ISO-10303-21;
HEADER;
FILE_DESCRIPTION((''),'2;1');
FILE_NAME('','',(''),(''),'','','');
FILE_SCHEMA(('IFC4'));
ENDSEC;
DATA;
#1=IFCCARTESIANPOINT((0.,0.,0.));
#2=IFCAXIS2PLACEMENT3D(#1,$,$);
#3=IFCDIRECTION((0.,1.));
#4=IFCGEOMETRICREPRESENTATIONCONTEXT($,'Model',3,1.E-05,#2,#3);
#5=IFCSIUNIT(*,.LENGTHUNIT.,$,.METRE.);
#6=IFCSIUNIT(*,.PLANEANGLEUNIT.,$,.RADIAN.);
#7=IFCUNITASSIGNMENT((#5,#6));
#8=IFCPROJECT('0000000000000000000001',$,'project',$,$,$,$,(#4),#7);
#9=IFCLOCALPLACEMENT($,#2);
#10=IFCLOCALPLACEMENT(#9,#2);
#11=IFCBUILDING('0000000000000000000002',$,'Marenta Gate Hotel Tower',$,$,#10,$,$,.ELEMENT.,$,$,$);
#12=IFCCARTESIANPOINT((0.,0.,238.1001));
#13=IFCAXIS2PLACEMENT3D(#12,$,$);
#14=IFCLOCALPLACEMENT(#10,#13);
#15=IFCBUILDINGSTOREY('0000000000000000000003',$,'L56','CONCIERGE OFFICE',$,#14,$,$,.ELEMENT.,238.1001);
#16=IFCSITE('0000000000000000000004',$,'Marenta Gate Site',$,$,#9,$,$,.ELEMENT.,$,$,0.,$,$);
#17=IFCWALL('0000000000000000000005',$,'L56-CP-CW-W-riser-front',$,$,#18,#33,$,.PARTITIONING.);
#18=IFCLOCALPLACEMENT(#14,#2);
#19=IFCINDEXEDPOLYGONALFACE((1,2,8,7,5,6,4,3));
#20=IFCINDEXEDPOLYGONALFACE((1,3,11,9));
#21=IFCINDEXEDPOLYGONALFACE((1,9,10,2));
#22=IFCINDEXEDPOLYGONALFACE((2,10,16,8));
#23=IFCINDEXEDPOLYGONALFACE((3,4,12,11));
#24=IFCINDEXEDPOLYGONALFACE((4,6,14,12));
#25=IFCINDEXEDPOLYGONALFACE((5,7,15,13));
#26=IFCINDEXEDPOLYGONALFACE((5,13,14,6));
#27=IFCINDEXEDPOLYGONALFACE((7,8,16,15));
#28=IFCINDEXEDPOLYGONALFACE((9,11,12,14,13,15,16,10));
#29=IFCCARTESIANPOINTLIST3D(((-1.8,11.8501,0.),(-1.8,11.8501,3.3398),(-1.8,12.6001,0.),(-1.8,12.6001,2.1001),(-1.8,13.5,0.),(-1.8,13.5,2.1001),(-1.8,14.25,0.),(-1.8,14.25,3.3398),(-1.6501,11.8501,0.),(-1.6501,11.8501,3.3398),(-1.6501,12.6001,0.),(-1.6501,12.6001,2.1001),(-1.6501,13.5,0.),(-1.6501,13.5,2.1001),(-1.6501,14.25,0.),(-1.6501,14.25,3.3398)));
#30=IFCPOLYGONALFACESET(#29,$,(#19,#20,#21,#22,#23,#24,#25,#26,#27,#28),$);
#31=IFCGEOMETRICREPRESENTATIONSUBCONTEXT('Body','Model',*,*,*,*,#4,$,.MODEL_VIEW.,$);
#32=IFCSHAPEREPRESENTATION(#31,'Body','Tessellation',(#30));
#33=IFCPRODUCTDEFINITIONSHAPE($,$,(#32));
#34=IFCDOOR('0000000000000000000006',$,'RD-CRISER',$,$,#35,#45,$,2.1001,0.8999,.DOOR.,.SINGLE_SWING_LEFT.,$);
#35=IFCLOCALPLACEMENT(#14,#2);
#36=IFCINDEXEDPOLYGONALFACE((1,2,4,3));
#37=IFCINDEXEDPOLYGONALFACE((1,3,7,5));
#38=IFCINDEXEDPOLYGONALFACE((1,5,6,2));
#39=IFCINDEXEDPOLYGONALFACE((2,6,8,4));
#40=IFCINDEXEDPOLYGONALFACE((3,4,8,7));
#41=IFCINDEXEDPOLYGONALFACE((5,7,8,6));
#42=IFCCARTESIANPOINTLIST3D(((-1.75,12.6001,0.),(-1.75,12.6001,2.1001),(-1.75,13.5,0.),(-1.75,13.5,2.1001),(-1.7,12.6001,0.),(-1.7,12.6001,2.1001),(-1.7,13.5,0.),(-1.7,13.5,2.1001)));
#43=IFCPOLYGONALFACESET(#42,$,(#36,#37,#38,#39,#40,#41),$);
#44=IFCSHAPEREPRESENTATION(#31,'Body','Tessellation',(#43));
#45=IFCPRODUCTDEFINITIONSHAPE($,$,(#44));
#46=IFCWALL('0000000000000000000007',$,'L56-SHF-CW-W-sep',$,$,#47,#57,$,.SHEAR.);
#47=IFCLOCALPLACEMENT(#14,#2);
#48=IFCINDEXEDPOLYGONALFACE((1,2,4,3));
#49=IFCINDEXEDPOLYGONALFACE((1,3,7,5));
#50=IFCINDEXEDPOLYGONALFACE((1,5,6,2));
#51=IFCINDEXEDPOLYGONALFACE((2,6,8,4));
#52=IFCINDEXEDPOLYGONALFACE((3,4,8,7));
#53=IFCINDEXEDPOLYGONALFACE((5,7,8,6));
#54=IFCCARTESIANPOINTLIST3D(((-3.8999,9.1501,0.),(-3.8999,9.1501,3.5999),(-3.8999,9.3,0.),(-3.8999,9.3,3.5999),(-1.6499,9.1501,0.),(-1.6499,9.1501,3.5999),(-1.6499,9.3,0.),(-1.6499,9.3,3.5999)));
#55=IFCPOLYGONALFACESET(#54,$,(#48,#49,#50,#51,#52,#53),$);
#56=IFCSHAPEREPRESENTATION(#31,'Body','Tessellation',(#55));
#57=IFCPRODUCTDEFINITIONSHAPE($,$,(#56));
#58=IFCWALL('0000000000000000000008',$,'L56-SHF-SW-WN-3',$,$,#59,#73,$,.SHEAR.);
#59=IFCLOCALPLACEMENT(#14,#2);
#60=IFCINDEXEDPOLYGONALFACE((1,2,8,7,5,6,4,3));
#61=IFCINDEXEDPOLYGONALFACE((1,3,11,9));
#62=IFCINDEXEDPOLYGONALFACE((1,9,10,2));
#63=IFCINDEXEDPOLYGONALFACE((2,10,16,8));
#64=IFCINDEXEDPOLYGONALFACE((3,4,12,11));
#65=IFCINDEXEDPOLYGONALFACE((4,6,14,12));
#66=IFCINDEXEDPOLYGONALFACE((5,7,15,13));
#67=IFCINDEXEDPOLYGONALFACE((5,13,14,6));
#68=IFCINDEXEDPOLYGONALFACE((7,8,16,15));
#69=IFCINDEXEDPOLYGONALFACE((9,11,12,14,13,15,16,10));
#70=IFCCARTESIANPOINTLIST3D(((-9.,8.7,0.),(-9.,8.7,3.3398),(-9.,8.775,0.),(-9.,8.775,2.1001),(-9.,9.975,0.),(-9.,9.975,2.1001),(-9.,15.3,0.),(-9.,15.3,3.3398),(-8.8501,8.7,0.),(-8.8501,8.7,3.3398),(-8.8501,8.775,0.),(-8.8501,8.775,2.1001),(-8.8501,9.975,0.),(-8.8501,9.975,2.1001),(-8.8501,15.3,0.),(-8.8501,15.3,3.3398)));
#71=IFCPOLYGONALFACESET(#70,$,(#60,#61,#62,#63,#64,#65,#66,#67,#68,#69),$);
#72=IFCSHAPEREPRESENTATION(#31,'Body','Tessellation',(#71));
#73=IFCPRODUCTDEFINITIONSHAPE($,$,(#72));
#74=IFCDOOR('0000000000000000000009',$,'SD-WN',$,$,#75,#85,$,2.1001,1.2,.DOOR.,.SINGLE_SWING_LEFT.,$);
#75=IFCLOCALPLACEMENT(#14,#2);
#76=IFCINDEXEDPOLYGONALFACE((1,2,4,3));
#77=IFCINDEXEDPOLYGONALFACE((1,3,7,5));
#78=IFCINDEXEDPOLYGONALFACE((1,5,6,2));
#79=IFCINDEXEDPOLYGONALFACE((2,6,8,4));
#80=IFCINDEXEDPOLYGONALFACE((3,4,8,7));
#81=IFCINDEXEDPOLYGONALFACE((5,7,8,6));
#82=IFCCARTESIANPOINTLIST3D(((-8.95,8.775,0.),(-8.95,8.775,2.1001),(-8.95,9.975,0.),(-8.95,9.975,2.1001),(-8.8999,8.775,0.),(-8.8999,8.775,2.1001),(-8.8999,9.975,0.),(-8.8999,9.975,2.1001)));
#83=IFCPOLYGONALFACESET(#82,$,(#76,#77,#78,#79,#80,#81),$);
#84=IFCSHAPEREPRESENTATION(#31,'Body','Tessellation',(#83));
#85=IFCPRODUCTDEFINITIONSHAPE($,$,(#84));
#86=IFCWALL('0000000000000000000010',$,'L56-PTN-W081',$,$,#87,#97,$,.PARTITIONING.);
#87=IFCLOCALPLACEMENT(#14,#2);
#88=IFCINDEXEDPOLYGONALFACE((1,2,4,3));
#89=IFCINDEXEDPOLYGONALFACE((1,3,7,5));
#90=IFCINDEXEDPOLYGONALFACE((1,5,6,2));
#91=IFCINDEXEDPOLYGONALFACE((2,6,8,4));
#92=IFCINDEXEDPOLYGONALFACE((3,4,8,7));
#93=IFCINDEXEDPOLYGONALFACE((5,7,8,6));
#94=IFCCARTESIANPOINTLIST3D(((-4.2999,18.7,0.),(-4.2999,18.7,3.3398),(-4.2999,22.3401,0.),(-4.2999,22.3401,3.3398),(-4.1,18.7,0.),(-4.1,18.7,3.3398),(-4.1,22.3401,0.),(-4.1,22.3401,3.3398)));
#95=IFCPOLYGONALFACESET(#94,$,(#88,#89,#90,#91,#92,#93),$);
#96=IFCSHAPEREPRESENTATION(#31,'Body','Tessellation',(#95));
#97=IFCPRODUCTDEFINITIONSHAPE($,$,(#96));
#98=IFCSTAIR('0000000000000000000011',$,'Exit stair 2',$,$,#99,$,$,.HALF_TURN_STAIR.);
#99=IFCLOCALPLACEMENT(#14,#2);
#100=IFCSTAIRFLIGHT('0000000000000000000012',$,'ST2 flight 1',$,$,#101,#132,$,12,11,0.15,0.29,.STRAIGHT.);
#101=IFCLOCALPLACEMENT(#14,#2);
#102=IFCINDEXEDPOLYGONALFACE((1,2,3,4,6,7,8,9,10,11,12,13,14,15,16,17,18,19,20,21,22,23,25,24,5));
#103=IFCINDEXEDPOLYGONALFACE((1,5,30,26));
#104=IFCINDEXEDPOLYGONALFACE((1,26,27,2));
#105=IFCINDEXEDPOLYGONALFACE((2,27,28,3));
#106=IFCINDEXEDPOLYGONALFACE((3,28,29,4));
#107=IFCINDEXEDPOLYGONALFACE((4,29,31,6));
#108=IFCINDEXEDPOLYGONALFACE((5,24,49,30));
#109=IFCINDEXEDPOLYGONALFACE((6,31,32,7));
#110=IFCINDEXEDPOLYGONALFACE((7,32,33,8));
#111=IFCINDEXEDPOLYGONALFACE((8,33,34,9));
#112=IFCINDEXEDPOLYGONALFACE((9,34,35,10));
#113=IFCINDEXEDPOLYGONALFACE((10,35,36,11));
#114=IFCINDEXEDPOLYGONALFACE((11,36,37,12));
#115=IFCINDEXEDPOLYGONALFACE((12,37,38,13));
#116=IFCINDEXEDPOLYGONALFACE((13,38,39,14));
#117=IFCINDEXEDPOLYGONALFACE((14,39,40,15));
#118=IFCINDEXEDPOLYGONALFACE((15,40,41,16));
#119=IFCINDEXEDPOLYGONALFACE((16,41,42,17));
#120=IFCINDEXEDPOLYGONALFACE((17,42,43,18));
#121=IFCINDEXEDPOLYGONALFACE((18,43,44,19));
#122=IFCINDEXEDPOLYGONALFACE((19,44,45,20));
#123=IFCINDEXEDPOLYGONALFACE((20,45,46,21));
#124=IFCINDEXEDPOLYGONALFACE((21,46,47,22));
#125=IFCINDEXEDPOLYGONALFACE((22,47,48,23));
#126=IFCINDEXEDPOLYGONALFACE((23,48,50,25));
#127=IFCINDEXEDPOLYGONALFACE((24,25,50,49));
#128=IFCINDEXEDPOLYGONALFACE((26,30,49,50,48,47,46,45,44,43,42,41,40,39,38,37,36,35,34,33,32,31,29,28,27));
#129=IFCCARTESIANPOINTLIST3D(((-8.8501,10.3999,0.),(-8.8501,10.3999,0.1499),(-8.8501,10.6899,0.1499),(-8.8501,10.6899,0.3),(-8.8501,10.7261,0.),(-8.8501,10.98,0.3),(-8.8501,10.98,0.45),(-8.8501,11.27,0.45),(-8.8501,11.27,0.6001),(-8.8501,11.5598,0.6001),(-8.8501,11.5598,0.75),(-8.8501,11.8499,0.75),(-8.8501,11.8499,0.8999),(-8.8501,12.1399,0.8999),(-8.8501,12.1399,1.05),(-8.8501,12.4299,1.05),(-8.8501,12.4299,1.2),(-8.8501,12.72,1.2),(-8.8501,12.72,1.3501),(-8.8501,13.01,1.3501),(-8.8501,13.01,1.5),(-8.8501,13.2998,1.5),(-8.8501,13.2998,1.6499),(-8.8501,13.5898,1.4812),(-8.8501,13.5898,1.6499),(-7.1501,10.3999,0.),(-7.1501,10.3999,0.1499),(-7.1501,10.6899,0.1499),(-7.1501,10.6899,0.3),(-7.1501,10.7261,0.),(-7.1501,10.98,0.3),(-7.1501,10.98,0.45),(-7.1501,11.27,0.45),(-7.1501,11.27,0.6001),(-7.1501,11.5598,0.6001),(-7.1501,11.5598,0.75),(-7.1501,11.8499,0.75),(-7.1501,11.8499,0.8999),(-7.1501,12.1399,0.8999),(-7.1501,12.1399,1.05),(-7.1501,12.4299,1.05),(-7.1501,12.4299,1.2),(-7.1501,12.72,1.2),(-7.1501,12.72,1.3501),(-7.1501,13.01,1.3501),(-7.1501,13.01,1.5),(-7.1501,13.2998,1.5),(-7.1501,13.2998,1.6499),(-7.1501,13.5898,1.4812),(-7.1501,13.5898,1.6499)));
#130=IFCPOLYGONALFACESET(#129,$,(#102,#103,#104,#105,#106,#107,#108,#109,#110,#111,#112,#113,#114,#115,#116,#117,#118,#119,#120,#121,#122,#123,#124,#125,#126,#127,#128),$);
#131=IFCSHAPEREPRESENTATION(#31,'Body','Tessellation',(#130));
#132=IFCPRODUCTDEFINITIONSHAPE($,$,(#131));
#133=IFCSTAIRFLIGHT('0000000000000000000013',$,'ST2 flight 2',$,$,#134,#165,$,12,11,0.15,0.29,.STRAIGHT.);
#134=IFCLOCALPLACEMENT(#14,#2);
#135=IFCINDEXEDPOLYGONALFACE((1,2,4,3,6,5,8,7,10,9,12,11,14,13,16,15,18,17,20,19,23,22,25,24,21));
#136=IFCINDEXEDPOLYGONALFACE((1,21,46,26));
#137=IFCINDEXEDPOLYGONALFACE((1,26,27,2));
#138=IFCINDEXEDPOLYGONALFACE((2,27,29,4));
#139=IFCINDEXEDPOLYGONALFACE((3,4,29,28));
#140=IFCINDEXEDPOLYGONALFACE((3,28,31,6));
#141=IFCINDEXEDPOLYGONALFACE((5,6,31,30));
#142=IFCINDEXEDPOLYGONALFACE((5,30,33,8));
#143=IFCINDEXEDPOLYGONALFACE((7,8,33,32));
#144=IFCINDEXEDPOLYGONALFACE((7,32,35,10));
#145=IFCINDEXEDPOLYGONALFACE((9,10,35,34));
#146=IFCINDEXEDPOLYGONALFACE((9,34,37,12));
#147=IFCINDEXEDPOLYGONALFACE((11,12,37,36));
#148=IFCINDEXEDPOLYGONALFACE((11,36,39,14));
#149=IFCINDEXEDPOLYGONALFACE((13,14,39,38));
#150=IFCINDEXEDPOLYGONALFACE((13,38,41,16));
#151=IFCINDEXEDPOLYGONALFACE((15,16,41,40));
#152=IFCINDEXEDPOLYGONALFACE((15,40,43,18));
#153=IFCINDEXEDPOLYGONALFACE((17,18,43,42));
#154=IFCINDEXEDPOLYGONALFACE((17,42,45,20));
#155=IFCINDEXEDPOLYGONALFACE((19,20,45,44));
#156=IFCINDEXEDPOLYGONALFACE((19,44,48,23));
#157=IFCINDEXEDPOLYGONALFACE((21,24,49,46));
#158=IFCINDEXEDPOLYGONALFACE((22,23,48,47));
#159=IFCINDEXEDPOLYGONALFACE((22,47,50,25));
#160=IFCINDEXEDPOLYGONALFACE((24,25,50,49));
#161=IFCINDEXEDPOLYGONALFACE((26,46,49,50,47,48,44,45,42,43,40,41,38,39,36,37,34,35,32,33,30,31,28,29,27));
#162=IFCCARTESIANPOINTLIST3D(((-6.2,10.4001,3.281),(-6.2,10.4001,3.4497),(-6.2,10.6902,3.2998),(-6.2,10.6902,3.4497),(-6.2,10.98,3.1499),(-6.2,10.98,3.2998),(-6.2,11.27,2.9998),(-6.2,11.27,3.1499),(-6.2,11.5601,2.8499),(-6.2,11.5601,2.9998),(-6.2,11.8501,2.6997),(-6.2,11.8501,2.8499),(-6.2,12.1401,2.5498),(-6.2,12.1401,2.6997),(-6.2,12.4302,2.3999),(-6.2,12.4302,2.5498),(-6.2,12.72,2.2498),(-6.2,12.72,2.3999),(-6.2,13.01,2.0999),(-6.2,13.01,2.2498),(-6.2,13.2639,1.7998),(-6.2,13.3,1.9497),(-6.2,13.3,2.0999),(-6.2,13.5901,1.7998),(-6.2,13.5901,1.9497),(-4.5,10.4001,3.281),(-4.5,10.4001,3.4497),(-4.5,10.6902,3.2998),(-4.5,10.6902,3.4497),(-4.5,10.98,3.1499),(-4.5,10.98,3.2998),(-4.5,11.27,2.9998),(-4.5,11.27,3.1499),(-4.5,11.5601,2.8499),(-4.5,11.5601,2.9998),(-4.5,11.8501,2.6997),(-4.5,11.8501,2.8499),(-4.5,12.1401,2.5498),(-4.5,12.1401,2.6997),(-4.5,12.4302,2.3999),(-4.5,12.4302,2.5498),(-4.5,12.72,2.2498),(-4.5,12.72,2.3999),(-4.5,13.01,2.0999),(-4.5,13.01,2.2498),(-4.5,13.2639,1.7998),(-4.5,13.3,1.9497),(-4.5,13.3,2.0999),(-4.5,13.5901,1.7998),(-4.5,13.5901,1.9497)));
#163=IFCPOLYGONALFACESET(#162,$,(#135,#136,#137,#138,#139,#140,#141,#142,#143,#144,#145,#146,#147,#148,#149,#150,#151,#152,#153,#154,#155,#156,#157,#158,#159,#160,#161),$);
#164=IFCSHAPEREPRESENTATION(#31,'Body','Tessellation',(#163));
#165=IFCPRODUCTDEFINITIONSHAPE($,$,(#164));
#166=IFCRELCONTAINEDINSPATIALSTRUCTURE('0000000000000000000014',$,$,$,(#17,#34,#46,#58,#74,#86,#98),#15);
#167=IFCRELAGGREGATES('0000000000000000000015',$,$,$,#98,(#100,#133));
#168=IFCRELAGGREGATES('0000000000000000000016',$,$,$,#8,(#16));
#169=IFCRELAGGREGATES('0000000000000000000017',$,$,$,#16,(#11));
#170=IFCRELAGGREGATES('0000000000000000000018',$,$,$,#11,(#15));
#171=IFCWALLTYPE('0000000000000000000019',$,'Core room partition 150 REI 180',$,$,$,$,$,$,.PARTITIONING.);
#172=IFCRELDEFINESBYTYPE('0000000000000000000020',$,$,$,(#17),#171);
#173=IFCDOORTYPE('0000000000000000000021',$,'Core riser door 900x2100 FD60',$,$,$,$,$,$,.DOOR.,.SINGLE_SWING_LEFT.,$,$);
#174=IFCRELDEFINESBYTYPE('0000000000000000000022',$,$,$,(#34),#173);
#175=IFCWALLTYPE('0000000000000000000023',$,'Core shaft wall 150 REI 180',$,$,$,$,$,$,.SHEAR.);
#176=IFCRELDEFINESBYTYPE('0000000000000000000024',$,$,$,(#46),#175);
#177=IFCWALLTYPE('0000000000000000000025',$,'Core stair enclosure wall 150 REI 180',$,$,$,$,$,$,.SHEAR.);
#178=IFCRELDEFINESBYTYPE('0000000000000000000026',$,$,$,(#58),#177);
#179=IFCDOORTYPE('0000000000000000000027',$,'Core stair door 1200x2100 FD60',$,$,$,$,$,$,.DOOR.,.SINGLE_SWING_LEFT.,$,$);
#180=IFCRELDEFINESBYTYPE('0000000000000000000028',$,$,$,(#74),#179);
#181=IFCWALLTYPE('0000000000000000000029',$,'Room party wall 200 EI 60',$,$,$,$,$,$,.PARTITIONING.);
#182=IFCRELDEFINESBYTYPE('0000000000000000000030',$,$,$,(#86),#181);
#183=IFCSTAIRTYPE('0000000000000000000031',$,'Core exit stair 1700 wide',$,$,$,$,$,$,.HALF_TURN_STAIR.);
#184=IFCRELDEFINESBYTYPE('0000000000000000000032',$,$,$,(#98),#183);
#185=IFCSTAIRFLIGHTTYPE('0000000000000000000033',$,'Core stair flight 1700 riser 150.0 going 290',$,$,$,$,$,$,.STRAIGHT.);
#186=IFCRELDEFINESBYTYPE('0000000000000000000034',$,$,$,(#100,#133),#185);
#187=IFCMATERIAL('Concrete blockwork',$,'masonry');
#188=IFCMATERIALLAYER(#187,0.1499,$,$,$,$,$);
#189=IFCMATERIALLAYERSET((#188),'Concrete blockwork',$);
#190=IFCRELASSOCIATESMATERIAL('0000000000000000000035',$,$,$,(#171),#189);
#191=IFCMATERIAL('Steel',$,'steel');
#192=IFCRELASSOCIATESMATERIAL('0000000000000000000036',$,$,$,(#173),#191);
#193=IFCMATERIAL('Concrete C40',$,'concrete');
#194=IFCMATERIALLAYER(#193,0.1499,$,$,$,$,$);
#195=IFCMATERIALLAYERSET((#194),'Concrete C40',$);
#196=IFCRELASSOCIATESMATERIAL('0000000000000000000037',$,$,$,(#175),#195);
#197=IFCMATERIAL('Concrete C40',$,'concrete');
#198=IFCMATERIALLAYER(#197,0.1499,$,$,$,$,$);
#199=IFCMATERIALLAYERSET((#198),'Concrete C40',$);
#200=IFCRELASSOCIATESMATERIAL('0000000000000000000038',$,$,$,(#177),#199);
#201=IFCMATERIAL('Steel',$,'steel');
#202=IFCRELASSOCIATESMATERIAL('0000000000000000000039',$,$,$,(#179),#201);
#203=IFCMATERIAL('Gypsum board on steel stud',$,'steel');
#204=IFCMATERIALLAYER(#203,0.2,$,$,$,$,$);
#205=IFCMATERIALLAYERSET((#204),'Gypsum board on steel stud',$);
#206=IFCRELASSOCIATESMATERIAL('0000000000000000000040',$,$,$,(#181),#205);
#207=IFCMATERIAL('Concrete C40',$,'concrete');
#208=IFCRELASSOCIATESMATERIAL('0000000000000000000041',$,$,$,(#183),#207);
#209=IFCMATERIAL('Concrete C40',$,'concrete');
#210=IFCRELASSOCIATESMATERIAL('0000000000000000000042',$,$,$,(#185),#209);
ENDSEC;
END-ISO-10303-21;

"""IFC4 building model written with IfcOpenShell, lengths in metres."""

from ifc_helpers import new_model, si_unit, direction, frame, frame_2d, origin, place, context, subcontext, project, spatial, polyline, rectangle, outline, extrude, material, layer, layer_set, type_object, element, fill, aggregate, save


model = new_model("IFC4")

# Units and contexts
model_context = context("Model", 3, precision=1e-05, world=origin(), true_north=direction((0.0, 1.0)))
body_context = subcontext(model_context, "Body", "Model", "MODEL_VIEW")
ifc_project = project(units=[si_unit("LENGTHUNIT", "METRE"), si_unit("PLANEANGLEUNIT", "RADIAN")], contexts=[model_context])

# Site, building, storey
site_placement = place(None, origin())
site = spatial("IfcSite", under=ifc_project, at=site_placement, Name="Marenta Gate Site", CompositionType="ELEMENT", RefElevation=0.0)
building_placement = place(site_placement, origin())
building = spatial("IfcBuilding", under=site, at=building_placement, Name="Marenta Gate Hotel Tower", CompositionType="ELEMENT")
storey_placement = place(building_placement, frame((0.0, 0.0, 238.1001)))
storey = spatial("IfcBuildingStorey", under=building, at=storey_placement, Name="L56", Description="CONCIERGE OFFICE", CompositionType="ELEMENT", Elevation=238.1001)

# Wall, opening, door
ifc_material_1 = material(Name="Concrete blockwork", Category="masonry")
ifc_layer_1 = layer(ifc_material_1, 0.1499)
ifc_layer_set_1 = layer_set([ifc_layer_1], Name="Concrete blockwork")
wall_type_1 = type_object("IfcWallType", Name="Core room partition 150 REI 180", PredefinedType="PARTITIONING", material=ifc_layer_set_1)
wall_1_placement = place(storey_placement, frame((-1.7251, 11.8501, 0.0), z_axis=(0.0, 0.0, 1.0), x_axis=(0.0, 1.0, 0.0)))
wall_1 = element("IfcWall", 1, at=wall_1_placement, inside=storey, type_object=wall_type_1, Name="L56-CP-CW-W-riser-front", PredefinedType="PARTITIONING", context=body_context, shape_type="SweptSolid", body=[
    extrude(rectangle(XDim=2.3999, YDim=0.1499, at=frame_2d((1.2, 0.0))), origin(), (0.0, 0.0, 1.0), 3.3398),
])
opening_1_placement = place(wall_1_placement, frame((0.75, 0.0, 0.0)))
opening_1 = element("IfcOpeningElement", 2, at=opening_1_placement, cuts=wall_1, PredefinedType="OPENING", context=body_context, shape_type="SweptSolid", body=[
    extrude(rectangle(XDim=0.8999, YDim=2.1001, at=frame_2d((0.45, 1.05))), frame((0.0, 0.075, 0.0), z_axis=(0.0, -1.0, 0.0), x_axis=(1.0, 0.0, 0.0)), (0.0, 0.0, 1.0), 0.1499),
])
ifc_material_2 = material(Name="Steel", Category="steel")
door_type_1 = type_object("IfcDoorType", Name="Core riser door 900x2100 FD60", OperationType="SINGLE_SWING_LEFT", PredefinedType="DOOR", material=ifc_material_2)
door_1_placement = place(opening_1_placement, origin())
door_1 = element("IfcDoor", 3, at=door_1_placement, inside=storey, type_object=door_type_1, Name="RD-CRISER", OperationType="SINGLE_SWING_LEFT", OverallHeight=2.1001, OverallWidth=0.8999, PredefinedType="DOOR", context=body_context, shape_type="SweptSolid", body=[
    extrude(rectangle(XDim=0.8999, YDim=2.1001, at=frame_2d((0.45, 1.05))), frame((0.0, 0.0249, 0.0), z_axis=(0.0, -1.0, 0.0), x_axis=(1.0, 0.0, 0.0)), (0.0, 0.0, 1.0), 0.05),
])
fill(opening_1, door_1)

# Wall
ifc_material_3 = material(Name="Concrete C40", Category="concrete")
ifc_layer_2 = layer(ifc_material_3, 0.1499)
ifc_layer_set_2 = layer_set([ifc_layer_2], Name="Concrete C40")
wall_type_2 = type_object("IfcWallType", Name="Core shaft wall 150 REI 180", PredefinedType="SHEAR", material=ifc_layer_set_2)
wall_2_placement = place(storey_placement, frame((-3.8999, 9.2251, 0.0), z_axis=(0.0, 0.0, 1.0), x_axis=(1.0, 0.0, 0.0)))
element("IfcWall", 4, at=wall_2_placement, inside=storey, type_object=wall_type_2, Name="L56-SHF-CW-W-sep", PredefinedType="SHEAR", context=body_context, shape_type="SweptSolid", body=[
    extrude(rectangle(XDim=2.25, YDim=0.1499, at=frame_2d((1.125, 0.0))), origin(), (0.0, 0.0, 1.0), 3.5999),
])

# Wall, opening, door
ifc_material_4 = material(Name="Concrete C40", Category="concrete")
ifc_layer_3 = layer(ifc_material_4, 0.1499)
ifc_layer_set_3 = layer_set([ifc_layer_3], Name="Concrete C40")
wall_type_3 = type_object("IfcWallType", Name="Core stair enclosure wall 150 REI 180", PredefinedType="SHEAR", material=ifc_layer_set_3)
wall_3_placement = place(storey_placement, frame((-8.925, 8.7, 0.0), z_axis=(0.0, 0.0, 1.0), x_axis=(0.0, 1.0, 0.0)))
wall_3 = element("IfcWall", 5, at=wall_3_placement, inside=storey, type_object=wall_type_3, Name="L56-SHF-SW-WN-3", PredefinedType="SHEAR", context=body_context, shape_type="SweptSolid", body=[
    extrude(rectangle(XDim=6.6001, YDim=0.1499, at=frame_2d((3.3, 0.0))), origin(), (0.0, 0.0, 1.0), 3.3398),
])
opening_2_placement = place(wall_3_placement, frame((0.075, 0.0, 0.0)))
opening_2 = element("IfcOpeningElement", 6, at=opening_2_placement, cuts=wall_3, PredefinedType="OPENING", context=body_context, shape_type="SweptSolid", body=[
    extrude(rectangle(XDim=1.2, YDim=2.1001, at=frame_2d((0.6001, 1.05))), frame((0.0, 0.075, 0.0), z_axis=(0.0, -1.0, 0.0), x_axis=(1.0, 0.0, 0.0)), (0.0, 0.0, 1.0), 0.1499),
])
ifc_material_5 = material(Name="Steel", Category="steel")
door_type_2 = type_object("IfcDoorType", Name="Core stair door 1200x2100 FD60", OperationType="SINGLE_SWING_LEFT", PredefinedType="DOOR", material=ifc_material_5)
door_2_placement = place(opening_2_placement, origin())
door_2 = element("IfcDoor", 7, at=door_2_placement, inside=storey, type_object=door_type_2, Name="SD-WN", OperationType="SINGLE_SWING_LEFT", OverallHeight=2.1001, OverallWidth=1.2, PredefinedType="DOOR", context=body_context, shape_type="SweptSolid", body=[
    extrude(rectangle(XDim=1.2, YDim=2.1001, at=frame_2d((0.6001, 1.05))), frame((0.0, 0.0249, 0.0), z_axis=(0.0, -1.0, 0.0), x_axis=(1.0, 0.0, 0.0)), (0.0, 0.0, 1.0), 0.05),
])
fill(opening_2, door_2)

# Wall
ifc_material_6 = material(Name="Gypsum board on steel stud", Category="steel")
ifc_layer_4 = layer(ifc_material_6, 0.2)
ifc_layer_set_4 = layer_set([ifc_layer_4], Name="Gypsum board on steel stud")
wall_type_4 = type_object("IfcWallType", Name="Room party wall 200 EI 60", PredefinedType="PARTITIONING", material=ifc_layer_set_4)
wall_4_placement = place(storey_placement, frame((-4.2, 18.7, 0.0), z_axis=(0.0, 0.0, 1.0), x_axis=(0.0, 1.0, 0.0)))
element("IfcWall", 8, at=wall_4_placement, inside=storey, type_object=wall_type_4, Name="L56-PTN-W081", PredefinedType="PARTITIONING", context=body_context, shape_type="SweptSolid", body=[
    extrude(rectangle(XDim=3.6401, YDim=0.2, at=frame_2d((1.8201, 0.0))), origin(), (0.0, 0.0, 1.0), 3.3398),
])

# Stair, stair flights
ifc_material_7 = material(Name="Concrete C40", Category="concrete")
stair_type = type_object("IfcStairType", Name="Core exit stair 1700 wide", PredefinedType="HALF_TURN_STAIR", material=ifc_material_7)
stair_placement = place(storey_placement, origin())
stair = element("IfcStair", 9, at=stair_placement, inside=storey, type_object=stair_type, Name="Exit stair 2", PredefinedType="HALF_TURN_STAIR")
ifc_material_8 = material(Name="Concrete C40", Category="concrete")
stair_flight_type = type_object("IfcStairFlightType", Name="Core stair flight 1700 riser 150.0 going 290", PredefinedType="STRAIGHT", material=ifc_material_8)
stair_flight_1_placement = place(storey_placement, frame((-8.0, 10.3999, 0.0), z_axis=(0.0, 0.0, 1.0), x_axis=(0.0, 1.0, 0.0)))
stair_flight_1 = element("IfcStairFlight", 10, at=stair_flight_1_placement, type_object=stair_flight_type, Name="ST2 flight 1", NumberOfRisers=12, NumberOfTreads=11, PredefinedType="STRAIGHT", RiserHeight=0.15, TreadLength=0.29, context=body_context, shape_type="SweptSolid", body=[
    extrude(outline(polyline([(0.0, 0.0), (0.0, 0.1499), (0.29, 0.1499), (0.29, 0.3), (0.5801, 0.3), (0.5801, 0.45), (0.8701, 0.45), (0.8701, 0.6001), (1.1599, 0.6001), (1.1599, 0.75), (1.45, 0.75), (1.45, 0.8999), (1.74, 0.8999), (1.74, 1.05), (2.03, 1.05), (2.03, 1.2), (2.3201, 1.2), (2.3201, 1.3501), (2.6101, 1.3501), (2.6101, 1.5), (2.8999, 1.5), (2.8999, 1.6499), (3.1899, 1.6499), (3.1899, 1.8), (3.1899, 1.4812), (0.3262, 0.0), (0.0, 0.0)])), frame((0.0, 0.8501, 0.0), z_axis=(0.0, -1.0, 0.0), x_axis=(1.0, 0.0, 0.0)), (0.0, 0.0, 1.0), 1.7),
])
stair_flight_2_placement = place(storey_placement, frame((-5.3501, 13.5901, 1.7998), z_axis=(0.0, 0.0, 1.0), x_axis=(0.0, -1.0, 0.0)))
stair_flight_2 = element("IfcStairFlight", 11, at=stair_flight_2_placement, type_object=stair_flight_type, Name="ST2 flight 2", NumberOfRisers=12, NumberOfTreads=11, PredefinedType="STRAIGHT", RiserHeight=0.15, TreadLength=0.29, context=body_context, shape_type="SweptSolid", body=[
    extrude(outline(polyline([(0.0, 0.0), (0.0, 0.1499), (0.29, 0.1499), (0.29, 0.3), (0.5801, 0.3), (0.5801, 0.45), (0.8701, 0.45), (0.8701, 0.6001), (1.1599, 0.6001), (1.1599, 0.75), (1.45, 0.75), (1.45, 0.8999), (1.74, 0.8999), (1.74, 1.05), (2.03, 1.05), (2.03, 1.2), (2.3201, 1.2), (2.3201, 1.3501), (2.6101, 1.3501), (2.6101, 1.5), (2.8999, 1.5), (2.8999, 1.6499), (3.1899, 1.6499), (3.1899, 1.8), (3.1899, 1.4812), (0.3262, 0.0), (0.0, 0.0)])), frame((0.0, 0.8501, 0.0), z_axis=(0.0, -1.0, 0.0), x_axis=(1.0, 0.0, 0.0)), (0.0, 0.0, 1.0), 1.7),
])
aggregate(stair, [stair_flight_1, stair_flight_2])

save(model, "model.ifc")
